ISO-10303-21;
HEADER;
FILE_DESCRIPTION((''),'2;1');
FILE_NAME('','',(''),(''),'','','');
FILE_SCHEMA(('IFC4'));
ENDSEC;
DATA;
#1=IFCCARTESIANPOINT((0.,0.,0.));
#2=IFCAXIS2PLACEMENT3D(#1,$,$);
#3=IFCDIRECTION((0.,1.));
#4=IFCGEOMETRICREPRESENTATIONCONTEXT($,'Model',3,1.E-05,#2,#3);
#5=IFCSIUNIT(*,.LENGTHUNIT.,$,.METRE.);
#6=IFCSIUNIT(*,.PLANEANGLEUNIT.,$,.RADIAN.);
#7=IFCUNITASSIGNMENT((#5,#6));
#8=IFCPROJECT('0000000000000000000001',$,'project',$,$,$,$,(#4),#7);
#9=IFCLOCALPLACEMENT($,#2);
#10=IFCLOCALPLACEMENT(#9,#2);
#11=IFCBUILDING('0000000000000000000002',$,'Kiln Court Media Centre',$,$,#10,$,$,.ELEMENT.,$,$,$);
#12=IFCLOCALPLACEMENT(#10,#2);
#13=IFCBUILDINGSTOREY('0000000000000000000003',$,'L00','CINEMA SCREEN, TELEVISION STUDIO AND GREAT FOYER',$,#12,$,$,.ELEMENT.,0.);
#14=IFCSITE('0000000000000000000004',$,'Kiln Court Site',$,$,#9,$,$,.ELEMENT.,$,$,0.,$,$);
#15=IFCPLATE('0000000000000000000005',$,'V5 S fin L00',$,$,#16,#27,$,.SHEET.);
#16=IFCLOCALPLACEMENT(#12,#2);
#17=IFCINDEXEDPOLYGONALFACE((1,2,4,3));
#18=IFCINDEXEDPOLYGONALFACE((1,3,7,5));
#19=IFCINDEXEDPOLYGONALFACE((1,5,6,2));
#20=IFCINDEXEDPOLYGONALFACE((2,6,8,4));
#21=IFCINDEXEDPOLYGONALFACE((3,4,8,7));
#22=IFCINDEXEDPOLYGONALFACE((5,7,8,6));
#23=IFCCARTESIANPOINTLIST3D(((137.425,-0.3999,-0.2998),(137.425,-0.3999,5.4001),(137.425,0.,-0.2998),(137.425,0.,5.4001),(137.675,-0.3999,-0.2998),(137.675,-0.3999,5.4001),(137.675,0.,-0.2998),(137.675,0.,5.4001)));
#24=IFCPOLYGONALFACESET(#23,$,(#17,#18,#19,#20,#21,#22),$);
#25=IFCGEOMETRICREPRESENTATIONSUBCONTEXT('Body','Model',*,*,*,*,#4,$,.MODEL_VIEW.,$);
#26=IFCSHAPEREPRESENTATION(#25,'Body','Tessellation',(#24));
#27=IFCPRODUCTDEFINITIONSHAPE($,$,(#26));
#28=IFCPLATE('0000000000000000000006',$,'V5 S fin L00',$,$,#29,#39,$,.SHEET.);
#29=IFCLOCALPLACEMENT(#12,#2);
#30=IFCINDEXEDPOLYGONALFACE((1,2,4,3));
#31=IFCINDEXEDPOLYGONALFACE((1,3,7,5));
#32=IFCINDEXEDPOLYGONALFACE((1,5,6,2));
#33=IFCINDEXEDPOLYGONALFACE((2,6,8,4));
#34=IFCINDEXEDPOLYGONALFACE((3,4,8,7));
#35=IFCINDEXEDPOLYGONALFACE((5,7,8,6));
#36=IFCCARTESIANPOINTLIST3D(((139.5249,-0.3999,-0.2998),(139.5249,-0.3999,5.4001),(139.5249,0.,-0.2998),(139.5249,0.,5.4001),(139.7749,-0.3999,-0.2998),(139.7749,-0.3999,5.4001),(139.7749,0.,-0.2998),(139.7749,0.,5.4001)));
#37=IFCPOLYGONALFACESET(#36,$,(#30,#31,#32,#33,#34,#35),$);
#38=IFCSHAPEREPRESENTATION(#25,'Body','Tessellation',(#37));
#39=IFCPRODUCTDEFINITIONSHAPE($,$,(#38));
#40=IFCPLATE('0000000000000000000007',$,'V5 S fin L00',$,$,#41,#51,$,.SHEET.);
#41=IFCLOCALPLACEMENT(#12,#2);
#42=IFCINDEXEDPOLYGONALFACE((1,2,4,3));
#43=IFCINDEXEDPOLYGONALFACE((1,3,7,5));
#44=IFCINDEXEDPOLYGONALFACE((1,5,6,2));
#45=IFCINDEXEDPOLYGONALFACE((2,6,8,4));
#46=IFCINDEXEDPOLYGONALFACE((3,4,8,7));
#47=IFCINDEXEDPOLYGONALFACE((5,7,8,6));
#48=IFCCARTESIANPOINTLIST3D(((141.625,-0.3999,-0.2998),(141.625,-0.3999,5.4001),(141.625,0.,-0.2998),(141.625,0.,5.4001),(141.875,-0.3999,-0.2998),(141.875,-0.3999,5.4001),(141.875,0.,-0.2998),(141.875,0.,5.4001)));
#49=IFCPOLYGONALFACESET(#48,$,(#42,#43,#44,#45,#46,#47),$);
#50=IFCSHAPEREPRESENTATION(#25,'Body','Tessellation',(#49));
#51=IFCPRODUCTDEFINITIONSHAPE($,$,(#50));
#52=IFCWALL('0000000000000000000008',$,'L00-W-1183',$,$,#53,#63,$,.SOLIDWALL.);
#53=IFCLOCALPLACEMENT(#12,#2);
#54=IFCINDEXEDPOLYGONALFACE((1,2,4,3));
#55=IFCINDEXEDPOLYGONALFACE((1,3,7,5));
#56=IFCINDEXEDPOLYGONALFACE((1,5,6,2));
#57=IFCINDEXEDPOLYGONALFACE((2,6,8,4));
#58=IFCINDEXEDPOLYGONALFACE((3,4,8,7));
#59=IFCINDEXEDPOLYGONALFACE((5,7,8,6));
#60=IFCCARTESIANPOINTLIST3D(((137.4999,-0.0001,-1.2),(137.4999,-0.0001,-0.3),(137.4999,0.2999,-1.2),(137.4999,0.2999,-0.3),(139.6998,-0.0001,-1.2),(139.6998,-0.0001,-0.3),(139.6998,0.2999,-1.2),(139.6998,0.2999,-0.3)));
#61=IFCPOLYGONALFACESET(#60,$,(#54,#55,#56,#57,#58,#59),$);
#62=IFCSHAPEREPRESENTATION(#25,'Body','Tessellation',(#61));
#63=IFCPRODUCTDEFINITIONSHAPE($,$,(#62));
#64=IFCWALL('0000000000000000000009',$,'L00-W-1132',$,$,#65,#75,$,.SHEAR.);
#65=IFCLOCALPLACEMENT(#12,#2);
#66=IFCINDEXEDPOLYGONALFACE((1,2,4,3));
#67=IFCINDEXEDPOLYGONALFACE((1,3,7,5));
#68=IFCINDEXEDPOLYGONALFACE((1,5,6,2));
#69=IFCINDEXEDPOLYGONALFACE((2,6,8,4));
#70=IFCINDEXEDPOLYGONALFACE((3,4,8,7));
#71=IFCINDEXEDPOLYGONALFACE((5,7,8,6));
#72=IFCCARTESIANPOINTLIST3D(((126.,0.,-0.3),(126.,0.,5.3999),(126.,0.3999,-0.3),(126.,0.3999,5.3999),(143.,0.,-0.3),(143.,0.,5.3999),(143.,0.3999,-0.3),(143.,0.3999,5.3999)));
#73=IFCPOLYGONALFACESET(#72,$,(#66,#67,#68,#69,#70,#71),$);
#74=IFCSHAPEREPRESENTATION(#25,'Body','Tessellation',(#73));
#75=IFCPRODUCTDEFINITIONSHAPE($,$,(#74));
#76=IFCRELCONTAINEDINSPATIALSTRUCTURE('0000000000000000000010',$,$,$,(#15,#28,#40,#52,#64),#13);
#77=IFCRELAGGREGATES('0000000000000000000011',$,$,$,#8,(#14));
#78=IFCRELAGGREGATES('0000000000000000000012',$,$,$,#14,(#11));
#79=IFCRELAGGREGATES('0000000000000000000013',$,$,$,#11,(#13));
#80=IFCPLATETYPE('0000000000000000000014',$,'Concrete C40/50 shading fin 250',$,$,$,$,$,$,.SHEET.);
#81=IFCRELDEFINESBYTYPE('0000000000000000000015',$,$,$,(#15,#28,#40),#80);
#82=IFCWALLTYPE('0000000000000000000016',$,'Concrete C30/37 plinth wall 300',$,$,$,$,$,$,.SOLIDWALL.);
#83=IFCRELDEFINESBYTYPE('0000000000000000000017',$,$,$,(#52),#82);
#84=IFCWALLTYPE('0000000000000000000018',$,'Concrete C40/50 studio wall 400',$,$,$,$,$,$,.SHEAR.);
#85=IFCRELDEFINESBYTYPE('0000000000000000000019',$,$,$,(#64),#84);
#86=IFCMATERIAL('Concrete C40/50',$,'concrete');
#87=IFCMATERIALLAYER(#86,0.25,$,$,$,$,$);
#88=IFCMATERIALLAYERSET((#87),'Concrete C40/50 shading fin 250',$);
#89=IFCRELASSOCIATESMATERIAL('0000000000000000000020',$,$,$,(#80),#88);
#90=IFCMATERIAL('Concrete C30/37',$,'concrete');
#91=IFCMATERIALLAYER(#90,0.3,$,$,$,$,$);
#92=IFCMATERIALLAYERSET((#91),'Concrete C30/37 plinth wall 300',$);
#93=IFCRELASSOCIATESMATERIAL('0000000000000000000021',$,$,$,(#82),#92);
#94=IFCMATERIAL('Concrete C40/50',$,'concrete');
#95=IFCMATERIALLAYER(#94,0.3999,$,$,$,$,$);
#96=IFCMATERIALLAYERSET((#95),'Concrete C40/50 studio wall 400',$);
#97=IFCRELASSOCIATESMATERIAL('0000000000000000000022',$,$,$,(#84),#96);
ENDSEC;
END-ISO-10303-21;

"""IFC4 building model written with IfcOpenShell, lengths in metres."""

from ifc_helpers import new_model, si_unit, direction, frame, frame_2d, origin, origin_2d, place, context, subcontext, project, spatial, rectangle, extrude, material, layer, layer_set, type_object, element, save


model = new_model("IFC4")

# Units and contexts
model_context = context("Model", 3, precision=1e-05, world=origin(), true_north=direction((0.0, 1.0)))
body_context = subcontext(model_context, "Body", "Model", "MODEL_VIEW")
ifc_project = project(units=[si_unit("LENGTHUNIT", "METRE"), si_unit("PLANEANGLEUNIT", "RADIAN")], contexts=[model_context])

# Site, building, storey
site_placement = place(None, origin())
site = spatial("IfcSite", under=ifc_project, at=site_placement, Name="Kiln Court Site", CompositionType="ELEMENT", RefElevation=0.0)
building_placement = place(site_placement, origin())
building = spatial("IfcBuilding", under=site, at=building_placement, Name="Kiln Court Media Centre", CompositionType="ELEMENT")
storey_placement = place(building_placement, origin())
storey = spatial("IfcBuildingStorey", under=building, at=storey_placement, Name="L00", Description="CINEMA SCREEN, TELEVISION STUDIO AND GREAT FOYER", CompositionType="ELEMENT", Elevation=0.0)

# Plates
ifc_material_1 = material(Name="Concrete C40/50", Category="concrete")
ifc_layer_1 = layer(ifc_material_1, 0.25)
ifc_layer_set_1 = layer_set([ifc_layer_1], Name="Concrete C40/50 shading fin 250")
plate_type = type_object("IfcPlateType", Name="Concrete C40/50 shading fin 250", PredefinedType="SHEET", material=ifc_layer_set_1)
for number, where, z_axis, x_axis, name in (
    (1, (137.55, -0.2, -0.2998), (0.0, 0.0, 1.0), (1.0, 0.0, 0.0), "V5 S fin L00"),
    (2, (139.6499, -0.2, -0.2998), (0.0, 0.0, 1.0), (1.0, 0.0, 0.0), "V5 S fin L00"),
    (3, (141.75, -0.2, -0.2998), (0.0, 0.0, 1.0), (1.0, 0.0, 0.0), "V5 S fin L00"),
):
    element("IfcPlate", number, at=place(storey_placement, frame(where, z_axis=z_axis, x_axis=x_axis)), inside=storey, type_object=plate_type, Name=name, PredefinedType="SHEET", context=body_context, shape_type="SweptSolid", body=[
        extrude(rectangle(XDim=0.25, YDim=0.3999, at=origin_2d()), origin(), (0.0, 0.0, 1.0), 5.7),
    ])

# Walls
ifc_material_2 = material(Name="Concrete C30/37", Category="concrete")
ifc_layer_2 = layer(ifc_material_2, 0.3)
ifc_layer_set_2 = layer_set([ifc_layer_2], Name="Concrete C30/37 plinth wall 300")
wall_type_1 = type_object("IfcWallType", Name="Concrete C30/37 plinth wall 300", PredefinedType="SOLIDWALL", material=ifc_layer_set_2)
wall_1_placement = place(storey_placement, frame((139.7, 0.1499, -1.2), z_axis=(0.0, 0.0, 1.0), x_axis=(-1.0, 0.0, 0.0)))
element("IfcWall", 4, at=wall_1_placement, inside=storey, type_object=wall_type_1, Name="L00-W-1183", PredefinedType="SOLIDWALL", context=body_context, shape_type="SweptSolid", body=[
    extrude(rectangle(XDim=2.2, YDim=0.3, at=frame_2d((1.1001, 0.0))), origin(), (0.0, 0.0, 1.0), 0.8999),
])
ifc_material_3 = material(Name="Concrete C40/50", Category="concrete")
ifc_layer_3 = layer(ifc_material_3, 0.3999)
ifc_layer_set_3 = layer_set([ifc_layer_3], Name="Concrete C40/50 studio wall 400")
wall_type_2 = type_object("IfcWallType", Name="Concrete C40/50 studio wall 400", PredefinedType="SHEAR", material=ifc_layer_set_3)
wall_2_placement = place(storey_placement, frame((143.0, 0.2, -0.3), z_axis=(0.0, 0.0, 1.0), x_axis=(-1.0, 0.0, 0.0)))
element("IfcWall", 5, at=wall_2_placement, inside=storey, type_object=wall_type_2, Name="L00-W-1132", PredefinedType="SHEAR", context=body_context, shape_type="SweptSolid", body=[
    extrude(rectangle(XDim=17.0, YDim=0.3999, at=frame_2d((8.5, 0.0))), origin(), (0.0, 0.0, 1.0), 5.7),
])

save(model, "model.ifc")
